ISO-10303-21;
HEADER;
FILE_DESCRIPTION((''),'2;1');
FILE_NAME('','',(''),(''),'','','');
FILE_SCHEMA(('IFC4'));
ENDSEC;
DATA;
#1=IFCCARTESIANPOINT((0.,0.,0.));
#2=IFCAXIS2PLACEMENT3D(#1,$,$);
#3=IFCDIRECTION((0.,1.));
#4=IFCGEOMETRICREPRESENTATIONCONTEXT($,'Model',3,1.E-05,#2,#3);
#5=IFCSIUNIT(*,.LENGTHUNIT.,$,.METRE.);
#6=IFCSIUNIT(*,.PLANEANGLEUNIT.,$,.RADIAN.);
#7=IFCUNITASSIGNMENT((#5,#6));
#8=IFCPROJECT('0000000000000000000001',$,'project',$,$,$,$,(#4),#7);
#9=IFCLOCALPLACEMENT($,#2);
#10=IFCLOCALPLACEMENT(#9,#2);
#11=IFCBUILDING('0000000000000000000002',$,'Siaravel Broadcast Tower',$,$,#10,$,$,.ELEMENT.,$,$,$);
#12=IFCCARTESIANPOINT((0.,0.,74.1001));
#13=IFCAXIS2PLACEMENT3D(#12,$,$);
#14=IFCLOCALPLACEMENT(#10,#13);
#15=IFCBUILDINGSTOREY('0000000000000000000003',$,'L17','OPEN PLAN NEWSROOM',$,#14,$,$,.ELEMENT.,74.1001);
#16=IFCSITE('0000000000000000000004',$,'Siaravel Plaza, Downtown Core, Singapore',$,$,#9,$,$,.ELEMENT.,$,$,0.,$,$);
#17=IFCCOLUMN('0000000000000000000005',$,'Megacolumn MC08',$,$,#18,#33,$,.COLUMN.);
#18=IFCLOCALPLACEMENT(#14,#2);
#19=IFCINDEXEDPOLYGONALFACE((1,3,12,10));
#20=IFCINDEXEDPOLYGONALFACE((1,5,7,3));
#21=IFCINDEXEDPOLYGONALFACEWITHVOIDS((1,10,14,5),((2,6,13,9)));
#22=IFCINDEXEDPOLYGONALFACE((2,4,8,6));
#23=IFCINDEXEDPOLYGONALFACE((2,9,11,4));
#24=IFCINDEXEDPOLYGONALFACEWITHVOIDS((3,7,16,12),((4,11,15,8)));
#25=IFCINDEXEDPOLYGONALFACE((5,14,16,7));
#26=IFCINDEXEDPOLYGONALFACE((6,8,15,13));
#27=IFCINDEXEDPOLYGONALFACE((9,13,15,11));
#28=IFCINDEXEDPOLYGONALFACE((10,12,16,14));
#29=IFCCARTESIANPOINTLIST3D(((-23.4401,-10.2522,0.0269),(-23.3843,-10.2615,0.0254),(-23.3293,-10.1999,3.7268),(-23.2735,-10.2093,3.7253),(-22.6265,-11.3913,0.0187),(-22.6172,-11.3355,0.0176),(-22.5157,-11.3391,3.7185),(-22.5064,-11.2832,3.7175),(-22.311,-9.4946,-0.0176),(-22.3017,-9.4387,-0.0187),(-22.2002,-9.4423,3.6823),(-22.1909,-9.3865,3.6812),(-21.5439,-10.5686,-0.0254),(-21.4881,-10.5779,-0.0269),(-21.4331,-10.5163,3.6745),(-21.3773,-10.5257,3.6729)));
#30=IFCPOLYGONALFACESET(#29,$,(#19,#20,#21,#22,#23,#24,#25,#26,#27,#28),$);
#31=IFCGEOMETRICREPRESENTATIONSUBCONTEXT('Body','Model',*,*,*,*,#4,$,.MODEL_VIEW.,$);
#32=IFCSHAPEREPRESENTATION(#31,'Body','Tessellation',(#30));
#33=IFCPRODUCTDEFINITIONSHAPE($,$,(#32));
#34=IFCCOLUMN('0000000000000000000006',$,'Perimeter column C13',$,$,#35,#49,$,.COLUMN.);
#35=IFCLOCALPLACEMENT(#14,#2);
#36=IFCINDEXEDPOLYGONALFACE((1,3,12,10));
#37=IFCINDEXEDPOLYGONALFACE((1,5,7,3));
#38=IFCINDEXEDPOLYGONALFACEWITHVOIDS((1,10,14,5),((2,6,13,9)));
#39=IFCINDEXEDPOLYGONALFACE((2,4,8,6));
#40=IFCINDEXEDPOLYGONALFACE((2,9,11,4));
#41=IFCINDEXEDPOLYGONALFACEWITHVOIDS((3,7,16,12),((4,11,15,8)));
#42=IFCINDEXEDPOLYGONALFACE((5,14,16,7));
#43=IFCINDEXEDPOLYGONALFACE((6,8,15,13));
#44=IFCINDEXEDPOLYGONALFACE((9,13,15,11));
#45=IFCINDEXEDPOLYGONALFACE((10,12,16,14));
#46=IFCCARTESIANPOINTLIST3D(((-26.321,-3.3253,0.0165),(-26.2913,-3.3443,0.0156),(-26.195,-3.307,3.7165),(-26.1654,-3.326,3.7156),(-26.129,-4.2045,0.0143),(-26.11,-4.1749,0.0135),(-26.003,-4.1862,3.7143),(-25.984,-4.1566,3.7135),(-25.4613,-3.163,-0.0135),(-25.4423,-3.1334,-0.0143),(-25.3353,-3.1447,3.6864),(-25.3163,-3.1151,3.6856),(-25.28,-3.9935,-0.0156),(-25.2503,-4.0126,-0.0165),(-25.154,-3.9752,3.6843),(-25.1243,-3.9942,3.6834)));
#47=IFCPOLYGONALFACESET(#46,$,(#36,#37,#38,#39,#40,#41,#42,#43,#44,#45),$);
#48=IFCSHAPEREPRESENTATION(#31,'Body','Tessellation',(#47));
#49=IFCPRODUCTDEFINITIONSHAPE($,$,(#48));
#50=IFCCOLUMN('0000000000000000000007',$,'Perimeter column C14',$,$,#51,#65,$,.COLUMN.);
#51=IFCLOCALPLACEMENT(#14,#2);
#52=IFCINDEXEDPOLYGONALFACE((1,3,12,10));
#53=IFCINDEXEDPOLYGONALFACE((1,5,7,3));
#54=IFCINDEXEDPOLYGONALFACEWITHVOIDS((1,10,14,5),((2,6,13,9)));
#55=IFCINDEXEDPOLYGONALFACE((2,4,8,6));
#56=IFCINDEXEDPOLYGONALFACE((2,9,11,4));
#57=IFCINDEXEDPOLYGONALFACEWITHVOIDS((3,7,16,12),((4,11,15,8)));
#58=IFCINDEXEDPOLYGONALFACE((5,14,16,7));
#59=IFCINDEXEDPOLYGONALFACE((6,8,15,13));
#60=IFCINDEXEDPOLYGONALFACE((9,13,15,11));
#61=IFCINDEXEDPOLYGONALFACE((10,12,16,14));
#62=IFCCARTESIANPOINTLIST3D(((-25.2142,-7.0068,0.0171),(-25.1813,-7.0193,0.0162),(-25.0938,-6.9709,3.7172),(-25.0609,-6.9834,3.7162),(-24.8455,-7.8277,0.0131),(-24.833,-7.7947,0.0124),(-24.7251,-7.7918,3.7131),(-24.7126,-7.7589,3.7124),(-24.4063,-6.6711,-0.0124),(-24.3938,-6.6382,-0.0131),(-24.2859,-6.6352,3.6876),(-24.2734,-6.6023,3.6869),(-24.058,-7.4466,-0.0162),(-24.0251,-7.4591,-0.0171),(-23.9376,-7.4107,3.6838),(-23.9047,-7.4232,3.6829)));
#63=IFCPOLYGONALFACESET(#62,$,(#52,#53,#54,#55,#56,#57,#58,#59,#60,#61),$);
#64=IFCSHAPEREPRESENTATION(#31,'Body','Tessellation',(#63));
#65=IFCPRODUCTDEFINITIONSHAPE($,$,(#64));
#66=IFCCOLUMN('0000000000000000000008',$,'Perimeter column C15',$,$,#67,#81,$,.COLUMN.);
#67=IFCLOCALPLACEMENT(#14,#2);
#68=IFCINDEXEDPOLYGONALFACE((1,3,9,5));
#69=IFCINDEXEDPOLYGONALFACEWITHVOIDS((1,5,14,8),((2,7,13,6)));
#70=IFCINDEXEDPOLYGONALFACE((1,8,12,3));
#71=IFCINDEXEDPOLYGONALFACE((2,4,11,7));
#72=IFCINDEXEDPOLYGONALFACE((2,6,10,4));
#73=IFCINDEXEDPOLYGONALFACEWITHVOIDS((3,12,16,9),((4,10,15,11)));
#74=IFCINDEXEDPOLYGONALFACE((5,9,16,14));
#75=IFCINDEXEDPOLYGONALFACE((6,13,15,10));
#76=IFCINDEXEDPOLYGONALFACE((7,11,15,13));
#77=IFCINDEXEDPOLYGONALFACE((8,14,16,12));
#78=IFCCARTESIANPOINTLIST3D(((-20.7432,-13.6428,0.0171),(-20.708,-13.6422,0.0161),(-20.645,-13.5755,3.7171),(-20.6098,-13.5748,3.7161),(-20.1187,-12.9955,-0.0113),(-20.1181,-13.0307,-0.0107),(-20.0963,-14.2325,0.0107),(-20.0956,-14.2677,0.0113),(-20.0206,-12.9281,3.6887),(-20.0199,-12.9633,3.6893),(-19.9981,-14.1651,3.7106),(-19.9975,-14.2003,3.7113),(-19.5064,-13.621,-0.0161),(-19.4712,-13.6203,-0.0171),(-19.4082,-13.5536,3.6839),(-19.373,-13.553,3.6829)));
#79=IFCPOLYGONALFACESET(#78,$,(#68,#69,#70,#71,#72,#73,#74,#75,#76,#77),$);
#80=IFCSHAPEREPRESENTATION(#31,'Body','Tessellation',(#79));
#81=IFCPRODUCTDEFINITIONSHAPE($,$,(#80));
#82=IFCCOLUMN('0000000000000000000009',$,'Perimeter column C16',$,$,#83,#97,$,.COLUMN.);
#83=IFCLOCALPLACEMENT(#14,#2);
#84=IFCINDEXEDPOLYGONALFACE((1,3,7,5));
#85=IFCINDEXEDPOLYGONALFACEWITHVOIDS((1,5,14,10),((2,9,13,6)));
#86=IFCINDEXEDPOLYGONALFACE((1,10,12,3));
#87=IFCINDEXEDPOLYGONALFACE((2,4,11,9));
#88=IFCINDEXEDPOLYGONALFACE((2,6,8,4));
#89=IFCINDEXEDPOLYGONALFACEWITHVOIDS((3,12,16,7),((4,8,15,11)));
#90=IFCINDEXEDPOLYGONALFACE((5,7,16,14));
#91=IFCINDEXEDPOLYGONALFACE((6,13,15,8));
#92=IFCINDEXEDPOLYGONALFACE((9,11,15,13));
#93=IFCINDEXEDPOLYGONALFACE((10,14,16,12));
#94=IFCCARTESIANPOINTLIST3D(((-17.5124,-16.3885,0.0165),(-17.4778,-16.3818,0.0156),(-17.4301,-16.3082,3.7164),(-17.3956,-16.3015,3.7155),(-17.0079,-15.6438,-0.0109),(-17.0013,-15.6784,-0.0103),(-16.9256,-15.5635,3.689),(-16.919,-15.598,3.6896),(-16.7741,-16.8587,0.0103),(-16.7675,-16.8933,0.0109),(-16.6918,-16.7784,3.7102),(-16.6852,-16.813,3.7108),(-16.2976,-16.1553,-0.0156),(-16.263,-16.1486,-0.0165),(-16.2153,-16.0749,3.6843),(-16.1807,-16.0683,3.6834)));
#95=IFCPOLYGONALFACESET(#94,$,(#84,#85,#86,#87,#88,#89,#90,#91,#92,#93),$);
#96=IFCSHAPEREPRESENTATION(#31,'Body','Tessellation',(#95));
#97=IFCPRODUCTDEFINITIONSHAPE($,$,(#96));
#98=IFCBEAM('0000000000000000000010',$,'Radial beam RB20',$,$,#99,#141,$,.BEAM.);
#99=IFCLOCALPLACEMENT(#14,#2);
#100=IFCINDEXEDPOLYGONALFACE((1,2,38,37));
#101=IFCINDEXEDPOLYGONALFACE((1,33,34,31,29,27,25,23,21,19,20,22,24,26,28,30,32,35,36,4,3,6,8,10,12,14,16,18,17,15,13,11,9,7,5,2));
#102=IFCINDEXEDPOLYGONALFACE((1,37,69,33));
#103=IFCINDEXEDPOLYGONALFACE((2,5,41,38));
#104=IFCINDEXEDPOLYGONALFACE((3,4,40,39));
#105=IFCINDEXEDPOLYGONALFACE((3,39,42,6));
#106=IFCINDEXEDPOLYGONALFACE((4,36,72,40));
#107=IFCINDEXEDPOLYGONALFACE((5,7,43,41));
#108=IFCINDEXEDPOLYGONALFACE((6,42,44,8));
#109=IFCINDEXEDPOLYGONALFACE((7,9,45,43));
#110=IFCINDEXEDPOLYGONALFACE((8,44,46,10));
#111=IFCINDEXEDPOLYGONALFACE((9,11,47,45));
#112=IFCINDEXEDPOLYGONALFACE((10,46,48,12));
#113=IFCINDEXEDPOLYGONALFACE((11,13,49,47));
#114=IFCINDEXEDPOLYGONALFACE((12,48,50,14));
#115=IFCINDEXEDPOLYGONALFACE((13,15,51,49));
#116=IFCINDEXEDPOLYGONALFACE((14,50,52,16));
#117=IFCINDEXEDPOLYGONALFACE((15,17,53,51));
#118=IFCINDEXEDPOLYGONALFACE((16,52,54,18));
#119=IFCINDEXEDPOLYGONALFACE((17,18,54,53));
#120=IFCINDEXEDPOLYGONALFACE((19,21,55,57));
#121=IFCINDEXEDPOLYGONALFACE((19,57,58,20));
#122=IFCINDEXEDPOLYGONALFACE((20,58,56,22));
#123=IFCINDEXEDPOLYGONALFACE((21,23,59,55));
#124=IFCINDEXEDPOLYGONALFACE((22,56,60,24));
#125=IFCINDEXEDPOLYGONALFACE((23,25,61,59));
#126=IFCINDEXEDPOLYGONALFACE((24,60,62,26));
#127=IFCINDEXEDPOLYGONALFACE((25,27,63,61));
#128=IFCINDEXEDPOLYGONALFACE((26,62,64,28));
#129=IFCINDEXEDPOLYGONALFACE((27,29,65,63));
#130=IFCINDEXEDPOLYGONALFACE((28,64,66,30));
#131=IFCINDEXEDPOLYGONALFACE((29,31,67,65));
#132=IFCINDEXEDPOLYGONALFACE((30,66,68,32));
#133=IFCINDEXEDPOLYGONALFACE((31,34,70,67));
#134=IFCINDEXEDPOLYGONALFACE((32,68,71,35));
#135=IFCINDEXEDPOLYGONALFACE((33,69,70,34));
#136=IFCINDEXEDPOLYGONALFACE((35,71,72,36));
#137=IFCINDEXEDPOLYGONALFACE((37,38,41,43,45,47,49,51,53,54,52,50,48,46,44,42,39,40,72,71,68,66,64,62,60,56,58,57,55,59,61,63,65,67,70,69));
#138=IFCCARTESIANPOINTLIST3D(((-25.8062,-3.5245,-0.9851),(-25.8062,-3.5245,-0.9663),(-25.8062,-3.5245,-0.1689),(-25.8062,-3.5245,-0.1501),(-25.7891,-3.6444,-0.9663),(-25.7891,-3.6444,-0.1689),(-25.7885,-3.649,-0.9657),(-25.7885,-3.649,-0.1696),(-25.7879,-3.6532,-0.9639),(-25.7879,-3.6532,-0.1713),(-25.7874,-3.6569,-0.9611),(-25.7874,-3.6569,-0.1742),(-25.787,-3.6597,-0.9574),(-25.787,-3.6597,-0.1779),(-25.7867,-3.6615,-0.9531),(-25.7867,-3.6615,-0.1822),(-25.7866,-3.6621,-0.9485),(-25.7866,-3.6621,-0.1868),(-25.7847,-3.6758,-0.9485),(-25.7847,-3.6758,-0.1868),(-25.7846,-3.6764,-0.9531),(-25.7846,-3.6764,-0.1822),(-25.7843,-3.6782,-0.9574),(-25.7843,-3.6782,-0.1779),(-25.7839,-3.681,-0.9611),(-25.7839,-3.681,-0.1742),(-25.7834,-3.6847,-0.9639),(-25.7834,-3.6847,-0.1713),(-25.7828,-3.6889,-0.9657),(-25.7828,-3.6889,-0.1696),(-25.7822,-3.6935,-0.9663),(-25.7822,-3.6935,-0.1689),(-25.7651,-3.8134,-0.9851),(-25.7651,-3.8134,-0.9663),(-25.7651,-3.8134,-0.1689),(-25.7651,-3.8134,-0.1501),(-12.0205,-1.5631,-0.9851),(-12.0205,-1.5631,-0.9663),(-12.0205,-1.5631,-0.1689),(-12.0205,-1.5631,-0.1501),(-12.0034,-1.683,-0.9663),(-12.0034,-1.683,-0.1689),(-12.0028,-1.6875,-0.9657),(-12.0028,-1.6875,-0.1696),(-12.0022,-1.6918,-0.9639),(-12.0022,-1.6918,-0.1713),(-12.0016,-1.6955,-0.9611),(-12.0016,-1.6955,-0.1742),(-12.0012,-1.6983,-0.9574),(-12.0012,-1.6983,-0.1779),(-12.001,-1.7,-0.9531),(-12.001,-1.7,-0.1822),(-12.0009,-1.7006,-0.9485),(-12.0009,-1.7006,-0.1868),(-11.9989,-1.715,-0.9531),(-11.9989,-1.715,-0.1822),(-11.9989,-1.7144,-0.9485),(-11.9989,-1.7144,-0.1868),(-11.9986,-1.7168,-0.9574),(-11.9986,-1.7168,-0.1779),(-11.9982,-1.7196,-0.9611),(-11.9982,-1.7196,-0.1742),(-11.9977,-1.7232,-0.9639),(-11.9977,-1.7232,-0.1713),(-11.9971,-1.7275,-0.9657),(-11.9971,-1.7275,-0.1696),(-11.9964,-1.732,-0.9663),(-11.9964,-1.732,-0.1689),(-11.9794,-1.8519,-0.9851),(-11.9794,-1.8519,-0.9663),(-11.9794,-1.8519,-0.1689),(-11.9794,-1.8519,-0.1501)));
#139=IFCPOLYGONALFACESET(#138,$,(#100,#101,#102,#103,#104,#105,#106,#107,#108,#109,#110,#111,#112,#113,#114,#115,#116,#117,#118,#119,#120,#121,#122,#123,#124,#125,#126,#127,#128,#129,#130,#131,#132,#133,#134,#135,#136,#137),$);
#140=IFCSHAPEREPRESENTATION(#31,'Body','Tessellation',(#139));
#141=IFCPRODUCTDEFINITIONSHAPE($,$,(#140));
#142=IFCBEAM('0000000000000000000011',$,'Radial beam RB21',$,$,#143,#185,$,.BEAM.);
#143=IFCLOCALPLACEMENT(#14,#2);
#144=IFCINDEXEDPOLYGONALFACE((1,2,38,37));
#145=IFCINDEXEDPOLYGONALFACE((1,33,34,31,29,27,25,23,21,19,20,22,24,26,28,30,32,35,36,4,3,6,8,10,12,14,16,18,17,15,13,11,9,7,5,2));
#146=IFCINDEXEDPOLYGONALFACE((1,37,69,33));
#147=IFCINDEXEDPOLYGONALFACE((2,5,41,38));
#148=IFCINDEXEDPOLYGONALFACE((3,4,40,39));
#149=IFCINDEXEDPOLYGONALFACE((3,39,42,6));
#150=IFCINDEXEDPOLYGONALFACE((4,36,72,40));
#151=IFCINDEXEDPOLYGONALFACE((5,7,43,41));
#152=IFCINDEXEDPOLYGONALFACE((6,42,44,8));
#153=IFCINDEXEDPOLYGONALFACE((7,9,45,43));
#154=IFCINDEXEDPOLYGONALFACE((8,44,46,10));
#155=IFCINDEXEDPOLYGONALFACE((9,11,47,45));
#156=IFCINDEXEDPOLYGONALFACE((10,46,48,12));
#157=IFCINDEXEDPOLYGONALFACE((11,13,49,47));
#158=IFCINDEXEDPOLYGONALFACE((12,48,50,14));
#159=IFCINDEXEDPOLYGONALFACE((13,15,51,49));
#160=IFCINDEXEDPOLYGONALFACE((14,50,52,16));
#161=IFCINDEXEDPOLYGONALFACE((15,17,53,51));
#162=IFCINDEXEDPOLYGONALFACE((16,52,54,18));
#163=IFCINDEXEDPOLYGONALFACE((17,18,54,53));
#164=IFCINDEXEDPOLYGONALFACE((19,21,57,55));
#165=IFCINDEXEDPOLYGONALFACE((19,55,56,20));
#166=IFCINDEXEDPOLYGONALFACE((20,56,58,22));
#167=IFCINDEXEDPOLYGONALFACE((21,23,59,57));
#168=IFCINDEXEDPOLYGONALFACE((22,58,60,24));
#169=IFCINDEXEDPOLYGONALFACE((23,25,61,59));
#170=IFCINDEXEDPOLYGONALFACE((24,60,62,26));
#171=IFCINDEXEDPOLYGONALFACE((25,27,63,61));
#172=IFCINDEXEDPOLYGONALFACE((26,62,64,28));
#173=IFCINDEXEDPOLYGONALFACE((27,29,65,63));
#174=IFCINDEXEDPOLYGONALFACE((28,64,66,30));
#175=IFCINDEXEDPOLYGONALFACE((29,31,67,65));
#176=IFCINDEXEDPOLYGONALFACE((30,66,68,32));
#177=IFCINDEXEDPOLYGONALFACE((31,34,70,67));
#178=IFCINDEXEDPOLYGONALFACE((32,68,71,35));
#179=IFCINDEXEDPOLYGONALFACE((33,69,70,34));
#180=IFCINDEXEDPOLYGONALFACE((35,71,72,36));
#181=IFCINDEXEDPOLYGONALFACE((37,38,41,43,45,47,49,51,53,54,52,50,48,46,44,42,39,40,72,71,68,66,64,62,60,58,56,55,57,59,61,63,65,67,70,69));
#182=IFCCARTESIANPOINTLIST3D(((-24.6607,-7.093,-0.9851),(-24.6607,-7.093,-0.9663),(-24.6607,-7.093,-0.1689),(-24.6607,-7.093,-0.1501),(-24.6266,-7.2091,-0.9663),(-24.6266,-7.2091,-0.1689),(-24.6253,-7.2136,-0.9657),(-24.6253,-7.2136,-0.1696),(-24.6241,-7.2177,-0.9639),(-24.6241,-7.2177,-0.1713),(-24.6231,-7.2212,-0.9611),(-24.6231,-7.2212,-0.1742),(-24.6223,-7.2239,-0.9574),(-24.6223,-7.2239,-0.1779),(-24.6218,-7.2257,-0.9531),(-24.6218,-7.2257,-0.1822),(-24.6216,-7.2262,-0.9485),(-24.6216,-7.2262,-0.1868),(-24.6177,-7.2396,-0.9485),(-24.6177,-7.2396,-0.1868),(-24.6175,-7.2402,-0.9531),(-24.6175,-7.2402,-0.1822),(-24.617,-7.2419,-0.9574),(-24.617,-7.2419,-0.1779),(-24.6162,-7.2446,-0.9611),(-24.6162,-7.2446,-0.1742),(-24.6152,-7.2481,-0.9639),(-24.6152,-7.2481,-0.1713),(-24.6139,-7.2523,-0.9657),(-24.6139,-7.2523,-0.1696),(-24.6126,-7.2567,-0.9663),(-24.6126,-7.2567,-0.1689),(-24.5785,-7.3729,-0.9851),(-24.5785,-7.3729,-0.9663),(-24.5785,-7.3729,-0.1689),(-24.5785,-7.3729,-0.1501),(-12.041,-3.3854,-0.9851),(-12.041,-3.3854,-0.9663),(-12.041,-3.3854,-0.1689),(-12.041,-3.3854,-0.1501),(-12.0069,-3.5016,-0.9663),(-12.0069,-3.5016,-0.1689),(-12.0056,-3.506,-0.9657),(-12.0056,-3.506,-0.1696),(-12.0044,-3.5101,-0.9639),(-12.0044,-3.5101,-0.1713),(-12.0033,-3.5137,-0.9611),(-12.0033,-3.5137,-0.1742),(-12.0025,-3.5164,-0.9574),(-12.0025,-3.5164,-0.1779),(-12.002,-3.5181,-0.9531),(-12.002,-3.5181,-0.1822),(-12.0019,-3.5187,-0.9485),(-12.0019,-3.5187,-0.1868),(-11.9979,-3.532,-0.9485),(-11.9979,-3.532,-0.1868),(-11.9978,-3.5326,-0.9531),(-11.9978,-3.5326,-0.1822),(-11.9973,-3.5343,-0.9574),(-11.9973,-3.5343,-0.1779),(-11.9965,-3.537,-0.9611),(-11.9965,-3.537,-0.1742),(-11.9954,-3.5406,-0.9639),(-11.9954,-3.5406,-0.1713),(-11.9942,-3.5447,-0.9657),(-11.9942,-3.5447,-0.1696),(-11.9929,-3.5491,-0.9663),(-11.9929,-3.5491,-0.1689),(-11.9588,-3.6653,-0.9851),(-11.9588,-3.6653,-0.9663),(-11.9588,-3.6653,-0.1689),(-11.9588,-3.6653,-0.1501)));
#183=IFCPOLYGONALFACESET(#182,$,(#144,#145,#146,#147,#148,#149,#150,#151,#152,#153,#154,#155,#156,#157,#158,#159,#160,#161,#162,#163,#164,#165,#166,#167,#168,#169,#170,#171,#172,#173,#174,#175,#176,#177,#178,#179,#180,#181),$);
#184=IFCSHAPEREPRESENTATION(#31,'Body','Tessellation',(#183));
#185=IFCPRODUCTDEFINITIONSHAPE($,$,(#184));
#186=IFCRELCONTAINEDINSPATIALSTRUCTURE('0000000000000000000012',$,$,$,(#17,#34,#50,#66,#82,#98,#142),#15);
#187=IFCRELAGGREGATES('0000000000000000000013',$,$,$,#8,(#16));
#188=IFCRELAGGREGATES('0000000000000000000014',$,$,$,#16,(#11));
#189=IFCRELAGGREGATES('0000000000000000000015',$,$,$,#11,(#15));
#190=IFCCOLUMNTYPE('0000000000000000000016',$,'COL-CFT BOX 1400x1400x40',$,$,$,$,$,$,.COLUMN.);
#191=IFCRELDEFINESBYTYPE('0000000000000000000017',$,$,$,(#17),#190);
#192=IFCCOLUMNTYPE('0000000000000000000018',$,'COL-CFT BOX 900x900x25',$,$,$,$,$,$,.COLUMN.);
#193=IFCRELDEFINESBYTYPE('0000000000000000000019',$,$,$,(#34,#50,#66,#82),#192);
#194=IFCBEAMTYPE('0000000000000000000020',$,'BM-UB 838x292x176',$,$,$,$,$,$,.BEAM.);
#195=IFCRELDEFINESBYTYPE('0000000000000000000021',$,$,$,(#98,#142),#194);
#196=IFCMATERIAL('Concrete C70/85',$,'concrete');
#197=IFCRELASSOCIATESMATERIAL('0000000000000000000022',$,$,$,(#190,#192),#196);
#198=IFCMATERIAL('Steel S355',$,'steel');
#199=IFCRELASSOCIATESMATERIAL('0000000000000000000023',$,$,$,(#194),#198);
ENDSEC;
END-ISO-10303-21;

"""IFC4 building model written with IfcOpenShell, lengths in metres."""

from ifc_helpers import new_model, si_unit, direction, frame, origin, origin_2d, place, context, subcontext, project, spatial, hollow_rectangle, i_section, extrude, material, material_profile, profile_set, type_object, element, save


model = new_model("IFC4")

# Units and contexts
model_context = context("Model", 3, precision=1e-05, world=origin(), true_north=direction((0.0, 1.0)))
body_context = subcontext(model_context, "Body", "Model", "MODEL_VIEW")
ifc_project = project(units=[si_unit("LENGTHUNIT", "METRE"), si_unit("PLANEANGLEUNIT", "RADIAN")], contexts=[model_context])

# Site, building, storey
site_placement = place(None, origin())
site = spatial("IfcSite", under=ifc_project, at=site_placement, Name="Siaravel Plaza, Downtown Core, Singapore", CompositionType="ELEMENT", RefElevation=0.0)
building_placement = place(site_placement, origin())
building = spatial("IfcBuilding", under=site, at=building_placement, Name="Siaravel Broadcast Tower", CompositionType="ELEMENT")
storey_placement = place(building_placement, frame((0.0, 0.0, 74.1001)))
storey = spatial("IfcBuildingStorey", under=building, at=storey_placement, Name="L17", Description="OPEN PLAN NEWSROOM", CompositionType="ELEMENT", Elevation=74.1001)

# Columns
ifc_material_1 = material(Name="Concrete C70/85", Category="concrete")
ifc_material_profile_1 = material_profile(ifc_material_1, hollow_rectangle(XDim=1.3999, YDim=1.3999, WallThickness=0.04, at=origin_2d()))
ifc_profile_set_1 = profile_set([ifc_material_profile_1], Name="Concrete C70/85")
column_type_1 = type_object("IfcColumnType", Name="COL-CFT BOX 1400x1400x40", PredefinedType="COLUMN", material=ifc_profile_set_1)
column_1_placement = place(storey_placement, frame((-22.4641, -10.415, 0.0), z_axis=(0.029941, 0.014113, 0.999452), x_axis=(-0.581205, 0.813736, 0.005921)))
element("IfcColumn", 1, at=column_1_placement, inside=storey, type_object=column_type_1, Name="Megacolumn MC08", PredefinedType="COLUMN", context=body_context, shape_type="SweptSolid", body=[
    extrude(hollow_rectangle(XDim=1.3999, YDim=1.3999, WallThickness=0.04, at=origin_2d()), origin(), (0.0, 0.0, 1.0), 3.7019),
])
ifc_material_profile_2 = material_profile(ifc_material_1, hollow_rectangle(XDim=0.8999, YDim=0.8999, WallThickness=0.0249, at=origin_2d()))
ifc_profile_set_2 = profile_set([ifc_material_profile_2], Name="Concrete C70/85")
column_type_2 = type_object("IfcColumnType", Name="COL-CFT BOX 900x900x25", PredefinedType="COLUMN", material=ifc_profile_set_2)
for number, where, z_axis, x_axis, name in (
    (2, (-25.7856, -3.6689, 0.0), (0.034028, 0.004946, 0.999409), (-0.213346, 0.976974, 0.002429), "Perimeter column C13"),
    (3, (-24.6196, -7.2329, 0.0), (0.032512, 0.009694, 0.999424), (-0.409679, 0.912219, 0.004479), "Perimeter column C14"),
):
    element("IfcColumn", number, at=place(storey_placement, frame(where, z_axis=z_axis, x_axis=x_axis)), inside=storey, type_object=column_type_2, Name=name, PredefinedType="COLUMN", context=body_context, shape_type="SweptSolid", body=[
        extrude(hollow_rectangle(XDim=0.8999, YDim=0.8999, WallThickness=0.0249, at=origin_2d()), origin(), (0.0, 0.0, 1.0), 3.7021),
    ])
column_2_placement = place(storey_placement, frame((-20.1072, -13.6316, 0.0), z_axis=(0.026512, 0.018202, 0.999483), x_axis=(-0.719584, 0.694375, 0.006442)))
element("IfcColumn", 4, at=column_2_placement, inside=storey, type_object=column_type_2, Name="Perimeter column C15", PredefinedType="COLUMN", context=body_context, shape_type="SweptSolid", body=[
    extrude(hollow_rectangle(XDim=0.8999, YDim=0.8999, WallThickness=0.0249, at=origin_2d()), origin(), (0.0, 0.0, 1.0), 3.7019),
])
column_3_placement = place(storey_placement, frame((-16.8877, -16.2686, 0.0), z_axis=(0.022226, 0.021699, 0.999517), x_axis=(-0.827793, 0.560999, 0.006229)))
element("IfcColumn", 5, at=column_3_placement, inside=storey, type_object=column_type_2, Name="Perimeter column C16", PredefinedType="COLUMN", context=body_context, shape_type="SweptSolid", body=[
    extrude(hollow_rectangle(XDim=0.8999, YDim=0.8999, WallThickness=0.0249, at=origin_2d()), origin(), (0.0, 0.0, 1.0), 3.7017),
])

# Beams
ifc_material_2 = material(Name="Steel S355", Category="steel")
ifc_material_profile_3 = material_profile(ifc_material_2, i_section(OverallWidth=0.2917, OverallDepth=0.835, WebThickness=0.0139, FlangeThickness=0.0188, FilletRadius=0.0178, at=origin_2d()))
ifc_profile_set_3 = profile_set([ifc_material_profile_3], Name="Steel S355")
beam_type = type_object("IfcBeamType", Name="BM-UB 838x292x176", PredefinedType="BEAM", material=ifc_profile_set_3)
beam_1_placement = place(storey_placement, frame((-25.7856, -3.6689, -0.5676), z_axis=(0.990029, 0.140862, 0.0), x_axis=(-0.140862, 0.990029, 0.0)))
element("IfcBeam", 6, at=beam_1_placement, inside=storey, type_object=beam_type, Name="Radial beam RB20", PredefinedType="BEAM", context=body_context, shape_type="SweptSolid", body=[
    extrude(i_section(OverallWidth=0.2917, OverallDepth=0.835, WebThickness=0.0139, FlangeThickness=0.0188, FilletRadius=0.0178, at=origin_2d()), origin(), (0.0, 0.0, 1.0), 13.9246),
])
beam_2_placement = place(storey_placement, frame((-24.6196, -7.2329, -0.5676), z_axis=(0.959451, 0.281877, 0.0), x_axis=(-0.281877, 0.959451, 0.0)))
element("IfcBeam", 7, at=beam_2_placement, inside=storey, type_object=beam_type, Name="Radial beam RB21", PredefinedType="BEAM", context=body_context, shape_type="SweptSolid", body=[
    extrude(i_section(OverallWidth=0.2917, OverallDepth=0.835, WebThickness=0.0139, FlangeThickness=0.0188, FilletRadius=0.0178, at=origin_2d()), origin(), (0.0, 0.0, 1.0), 13.1531),
])

save(model, "model.ifc")
